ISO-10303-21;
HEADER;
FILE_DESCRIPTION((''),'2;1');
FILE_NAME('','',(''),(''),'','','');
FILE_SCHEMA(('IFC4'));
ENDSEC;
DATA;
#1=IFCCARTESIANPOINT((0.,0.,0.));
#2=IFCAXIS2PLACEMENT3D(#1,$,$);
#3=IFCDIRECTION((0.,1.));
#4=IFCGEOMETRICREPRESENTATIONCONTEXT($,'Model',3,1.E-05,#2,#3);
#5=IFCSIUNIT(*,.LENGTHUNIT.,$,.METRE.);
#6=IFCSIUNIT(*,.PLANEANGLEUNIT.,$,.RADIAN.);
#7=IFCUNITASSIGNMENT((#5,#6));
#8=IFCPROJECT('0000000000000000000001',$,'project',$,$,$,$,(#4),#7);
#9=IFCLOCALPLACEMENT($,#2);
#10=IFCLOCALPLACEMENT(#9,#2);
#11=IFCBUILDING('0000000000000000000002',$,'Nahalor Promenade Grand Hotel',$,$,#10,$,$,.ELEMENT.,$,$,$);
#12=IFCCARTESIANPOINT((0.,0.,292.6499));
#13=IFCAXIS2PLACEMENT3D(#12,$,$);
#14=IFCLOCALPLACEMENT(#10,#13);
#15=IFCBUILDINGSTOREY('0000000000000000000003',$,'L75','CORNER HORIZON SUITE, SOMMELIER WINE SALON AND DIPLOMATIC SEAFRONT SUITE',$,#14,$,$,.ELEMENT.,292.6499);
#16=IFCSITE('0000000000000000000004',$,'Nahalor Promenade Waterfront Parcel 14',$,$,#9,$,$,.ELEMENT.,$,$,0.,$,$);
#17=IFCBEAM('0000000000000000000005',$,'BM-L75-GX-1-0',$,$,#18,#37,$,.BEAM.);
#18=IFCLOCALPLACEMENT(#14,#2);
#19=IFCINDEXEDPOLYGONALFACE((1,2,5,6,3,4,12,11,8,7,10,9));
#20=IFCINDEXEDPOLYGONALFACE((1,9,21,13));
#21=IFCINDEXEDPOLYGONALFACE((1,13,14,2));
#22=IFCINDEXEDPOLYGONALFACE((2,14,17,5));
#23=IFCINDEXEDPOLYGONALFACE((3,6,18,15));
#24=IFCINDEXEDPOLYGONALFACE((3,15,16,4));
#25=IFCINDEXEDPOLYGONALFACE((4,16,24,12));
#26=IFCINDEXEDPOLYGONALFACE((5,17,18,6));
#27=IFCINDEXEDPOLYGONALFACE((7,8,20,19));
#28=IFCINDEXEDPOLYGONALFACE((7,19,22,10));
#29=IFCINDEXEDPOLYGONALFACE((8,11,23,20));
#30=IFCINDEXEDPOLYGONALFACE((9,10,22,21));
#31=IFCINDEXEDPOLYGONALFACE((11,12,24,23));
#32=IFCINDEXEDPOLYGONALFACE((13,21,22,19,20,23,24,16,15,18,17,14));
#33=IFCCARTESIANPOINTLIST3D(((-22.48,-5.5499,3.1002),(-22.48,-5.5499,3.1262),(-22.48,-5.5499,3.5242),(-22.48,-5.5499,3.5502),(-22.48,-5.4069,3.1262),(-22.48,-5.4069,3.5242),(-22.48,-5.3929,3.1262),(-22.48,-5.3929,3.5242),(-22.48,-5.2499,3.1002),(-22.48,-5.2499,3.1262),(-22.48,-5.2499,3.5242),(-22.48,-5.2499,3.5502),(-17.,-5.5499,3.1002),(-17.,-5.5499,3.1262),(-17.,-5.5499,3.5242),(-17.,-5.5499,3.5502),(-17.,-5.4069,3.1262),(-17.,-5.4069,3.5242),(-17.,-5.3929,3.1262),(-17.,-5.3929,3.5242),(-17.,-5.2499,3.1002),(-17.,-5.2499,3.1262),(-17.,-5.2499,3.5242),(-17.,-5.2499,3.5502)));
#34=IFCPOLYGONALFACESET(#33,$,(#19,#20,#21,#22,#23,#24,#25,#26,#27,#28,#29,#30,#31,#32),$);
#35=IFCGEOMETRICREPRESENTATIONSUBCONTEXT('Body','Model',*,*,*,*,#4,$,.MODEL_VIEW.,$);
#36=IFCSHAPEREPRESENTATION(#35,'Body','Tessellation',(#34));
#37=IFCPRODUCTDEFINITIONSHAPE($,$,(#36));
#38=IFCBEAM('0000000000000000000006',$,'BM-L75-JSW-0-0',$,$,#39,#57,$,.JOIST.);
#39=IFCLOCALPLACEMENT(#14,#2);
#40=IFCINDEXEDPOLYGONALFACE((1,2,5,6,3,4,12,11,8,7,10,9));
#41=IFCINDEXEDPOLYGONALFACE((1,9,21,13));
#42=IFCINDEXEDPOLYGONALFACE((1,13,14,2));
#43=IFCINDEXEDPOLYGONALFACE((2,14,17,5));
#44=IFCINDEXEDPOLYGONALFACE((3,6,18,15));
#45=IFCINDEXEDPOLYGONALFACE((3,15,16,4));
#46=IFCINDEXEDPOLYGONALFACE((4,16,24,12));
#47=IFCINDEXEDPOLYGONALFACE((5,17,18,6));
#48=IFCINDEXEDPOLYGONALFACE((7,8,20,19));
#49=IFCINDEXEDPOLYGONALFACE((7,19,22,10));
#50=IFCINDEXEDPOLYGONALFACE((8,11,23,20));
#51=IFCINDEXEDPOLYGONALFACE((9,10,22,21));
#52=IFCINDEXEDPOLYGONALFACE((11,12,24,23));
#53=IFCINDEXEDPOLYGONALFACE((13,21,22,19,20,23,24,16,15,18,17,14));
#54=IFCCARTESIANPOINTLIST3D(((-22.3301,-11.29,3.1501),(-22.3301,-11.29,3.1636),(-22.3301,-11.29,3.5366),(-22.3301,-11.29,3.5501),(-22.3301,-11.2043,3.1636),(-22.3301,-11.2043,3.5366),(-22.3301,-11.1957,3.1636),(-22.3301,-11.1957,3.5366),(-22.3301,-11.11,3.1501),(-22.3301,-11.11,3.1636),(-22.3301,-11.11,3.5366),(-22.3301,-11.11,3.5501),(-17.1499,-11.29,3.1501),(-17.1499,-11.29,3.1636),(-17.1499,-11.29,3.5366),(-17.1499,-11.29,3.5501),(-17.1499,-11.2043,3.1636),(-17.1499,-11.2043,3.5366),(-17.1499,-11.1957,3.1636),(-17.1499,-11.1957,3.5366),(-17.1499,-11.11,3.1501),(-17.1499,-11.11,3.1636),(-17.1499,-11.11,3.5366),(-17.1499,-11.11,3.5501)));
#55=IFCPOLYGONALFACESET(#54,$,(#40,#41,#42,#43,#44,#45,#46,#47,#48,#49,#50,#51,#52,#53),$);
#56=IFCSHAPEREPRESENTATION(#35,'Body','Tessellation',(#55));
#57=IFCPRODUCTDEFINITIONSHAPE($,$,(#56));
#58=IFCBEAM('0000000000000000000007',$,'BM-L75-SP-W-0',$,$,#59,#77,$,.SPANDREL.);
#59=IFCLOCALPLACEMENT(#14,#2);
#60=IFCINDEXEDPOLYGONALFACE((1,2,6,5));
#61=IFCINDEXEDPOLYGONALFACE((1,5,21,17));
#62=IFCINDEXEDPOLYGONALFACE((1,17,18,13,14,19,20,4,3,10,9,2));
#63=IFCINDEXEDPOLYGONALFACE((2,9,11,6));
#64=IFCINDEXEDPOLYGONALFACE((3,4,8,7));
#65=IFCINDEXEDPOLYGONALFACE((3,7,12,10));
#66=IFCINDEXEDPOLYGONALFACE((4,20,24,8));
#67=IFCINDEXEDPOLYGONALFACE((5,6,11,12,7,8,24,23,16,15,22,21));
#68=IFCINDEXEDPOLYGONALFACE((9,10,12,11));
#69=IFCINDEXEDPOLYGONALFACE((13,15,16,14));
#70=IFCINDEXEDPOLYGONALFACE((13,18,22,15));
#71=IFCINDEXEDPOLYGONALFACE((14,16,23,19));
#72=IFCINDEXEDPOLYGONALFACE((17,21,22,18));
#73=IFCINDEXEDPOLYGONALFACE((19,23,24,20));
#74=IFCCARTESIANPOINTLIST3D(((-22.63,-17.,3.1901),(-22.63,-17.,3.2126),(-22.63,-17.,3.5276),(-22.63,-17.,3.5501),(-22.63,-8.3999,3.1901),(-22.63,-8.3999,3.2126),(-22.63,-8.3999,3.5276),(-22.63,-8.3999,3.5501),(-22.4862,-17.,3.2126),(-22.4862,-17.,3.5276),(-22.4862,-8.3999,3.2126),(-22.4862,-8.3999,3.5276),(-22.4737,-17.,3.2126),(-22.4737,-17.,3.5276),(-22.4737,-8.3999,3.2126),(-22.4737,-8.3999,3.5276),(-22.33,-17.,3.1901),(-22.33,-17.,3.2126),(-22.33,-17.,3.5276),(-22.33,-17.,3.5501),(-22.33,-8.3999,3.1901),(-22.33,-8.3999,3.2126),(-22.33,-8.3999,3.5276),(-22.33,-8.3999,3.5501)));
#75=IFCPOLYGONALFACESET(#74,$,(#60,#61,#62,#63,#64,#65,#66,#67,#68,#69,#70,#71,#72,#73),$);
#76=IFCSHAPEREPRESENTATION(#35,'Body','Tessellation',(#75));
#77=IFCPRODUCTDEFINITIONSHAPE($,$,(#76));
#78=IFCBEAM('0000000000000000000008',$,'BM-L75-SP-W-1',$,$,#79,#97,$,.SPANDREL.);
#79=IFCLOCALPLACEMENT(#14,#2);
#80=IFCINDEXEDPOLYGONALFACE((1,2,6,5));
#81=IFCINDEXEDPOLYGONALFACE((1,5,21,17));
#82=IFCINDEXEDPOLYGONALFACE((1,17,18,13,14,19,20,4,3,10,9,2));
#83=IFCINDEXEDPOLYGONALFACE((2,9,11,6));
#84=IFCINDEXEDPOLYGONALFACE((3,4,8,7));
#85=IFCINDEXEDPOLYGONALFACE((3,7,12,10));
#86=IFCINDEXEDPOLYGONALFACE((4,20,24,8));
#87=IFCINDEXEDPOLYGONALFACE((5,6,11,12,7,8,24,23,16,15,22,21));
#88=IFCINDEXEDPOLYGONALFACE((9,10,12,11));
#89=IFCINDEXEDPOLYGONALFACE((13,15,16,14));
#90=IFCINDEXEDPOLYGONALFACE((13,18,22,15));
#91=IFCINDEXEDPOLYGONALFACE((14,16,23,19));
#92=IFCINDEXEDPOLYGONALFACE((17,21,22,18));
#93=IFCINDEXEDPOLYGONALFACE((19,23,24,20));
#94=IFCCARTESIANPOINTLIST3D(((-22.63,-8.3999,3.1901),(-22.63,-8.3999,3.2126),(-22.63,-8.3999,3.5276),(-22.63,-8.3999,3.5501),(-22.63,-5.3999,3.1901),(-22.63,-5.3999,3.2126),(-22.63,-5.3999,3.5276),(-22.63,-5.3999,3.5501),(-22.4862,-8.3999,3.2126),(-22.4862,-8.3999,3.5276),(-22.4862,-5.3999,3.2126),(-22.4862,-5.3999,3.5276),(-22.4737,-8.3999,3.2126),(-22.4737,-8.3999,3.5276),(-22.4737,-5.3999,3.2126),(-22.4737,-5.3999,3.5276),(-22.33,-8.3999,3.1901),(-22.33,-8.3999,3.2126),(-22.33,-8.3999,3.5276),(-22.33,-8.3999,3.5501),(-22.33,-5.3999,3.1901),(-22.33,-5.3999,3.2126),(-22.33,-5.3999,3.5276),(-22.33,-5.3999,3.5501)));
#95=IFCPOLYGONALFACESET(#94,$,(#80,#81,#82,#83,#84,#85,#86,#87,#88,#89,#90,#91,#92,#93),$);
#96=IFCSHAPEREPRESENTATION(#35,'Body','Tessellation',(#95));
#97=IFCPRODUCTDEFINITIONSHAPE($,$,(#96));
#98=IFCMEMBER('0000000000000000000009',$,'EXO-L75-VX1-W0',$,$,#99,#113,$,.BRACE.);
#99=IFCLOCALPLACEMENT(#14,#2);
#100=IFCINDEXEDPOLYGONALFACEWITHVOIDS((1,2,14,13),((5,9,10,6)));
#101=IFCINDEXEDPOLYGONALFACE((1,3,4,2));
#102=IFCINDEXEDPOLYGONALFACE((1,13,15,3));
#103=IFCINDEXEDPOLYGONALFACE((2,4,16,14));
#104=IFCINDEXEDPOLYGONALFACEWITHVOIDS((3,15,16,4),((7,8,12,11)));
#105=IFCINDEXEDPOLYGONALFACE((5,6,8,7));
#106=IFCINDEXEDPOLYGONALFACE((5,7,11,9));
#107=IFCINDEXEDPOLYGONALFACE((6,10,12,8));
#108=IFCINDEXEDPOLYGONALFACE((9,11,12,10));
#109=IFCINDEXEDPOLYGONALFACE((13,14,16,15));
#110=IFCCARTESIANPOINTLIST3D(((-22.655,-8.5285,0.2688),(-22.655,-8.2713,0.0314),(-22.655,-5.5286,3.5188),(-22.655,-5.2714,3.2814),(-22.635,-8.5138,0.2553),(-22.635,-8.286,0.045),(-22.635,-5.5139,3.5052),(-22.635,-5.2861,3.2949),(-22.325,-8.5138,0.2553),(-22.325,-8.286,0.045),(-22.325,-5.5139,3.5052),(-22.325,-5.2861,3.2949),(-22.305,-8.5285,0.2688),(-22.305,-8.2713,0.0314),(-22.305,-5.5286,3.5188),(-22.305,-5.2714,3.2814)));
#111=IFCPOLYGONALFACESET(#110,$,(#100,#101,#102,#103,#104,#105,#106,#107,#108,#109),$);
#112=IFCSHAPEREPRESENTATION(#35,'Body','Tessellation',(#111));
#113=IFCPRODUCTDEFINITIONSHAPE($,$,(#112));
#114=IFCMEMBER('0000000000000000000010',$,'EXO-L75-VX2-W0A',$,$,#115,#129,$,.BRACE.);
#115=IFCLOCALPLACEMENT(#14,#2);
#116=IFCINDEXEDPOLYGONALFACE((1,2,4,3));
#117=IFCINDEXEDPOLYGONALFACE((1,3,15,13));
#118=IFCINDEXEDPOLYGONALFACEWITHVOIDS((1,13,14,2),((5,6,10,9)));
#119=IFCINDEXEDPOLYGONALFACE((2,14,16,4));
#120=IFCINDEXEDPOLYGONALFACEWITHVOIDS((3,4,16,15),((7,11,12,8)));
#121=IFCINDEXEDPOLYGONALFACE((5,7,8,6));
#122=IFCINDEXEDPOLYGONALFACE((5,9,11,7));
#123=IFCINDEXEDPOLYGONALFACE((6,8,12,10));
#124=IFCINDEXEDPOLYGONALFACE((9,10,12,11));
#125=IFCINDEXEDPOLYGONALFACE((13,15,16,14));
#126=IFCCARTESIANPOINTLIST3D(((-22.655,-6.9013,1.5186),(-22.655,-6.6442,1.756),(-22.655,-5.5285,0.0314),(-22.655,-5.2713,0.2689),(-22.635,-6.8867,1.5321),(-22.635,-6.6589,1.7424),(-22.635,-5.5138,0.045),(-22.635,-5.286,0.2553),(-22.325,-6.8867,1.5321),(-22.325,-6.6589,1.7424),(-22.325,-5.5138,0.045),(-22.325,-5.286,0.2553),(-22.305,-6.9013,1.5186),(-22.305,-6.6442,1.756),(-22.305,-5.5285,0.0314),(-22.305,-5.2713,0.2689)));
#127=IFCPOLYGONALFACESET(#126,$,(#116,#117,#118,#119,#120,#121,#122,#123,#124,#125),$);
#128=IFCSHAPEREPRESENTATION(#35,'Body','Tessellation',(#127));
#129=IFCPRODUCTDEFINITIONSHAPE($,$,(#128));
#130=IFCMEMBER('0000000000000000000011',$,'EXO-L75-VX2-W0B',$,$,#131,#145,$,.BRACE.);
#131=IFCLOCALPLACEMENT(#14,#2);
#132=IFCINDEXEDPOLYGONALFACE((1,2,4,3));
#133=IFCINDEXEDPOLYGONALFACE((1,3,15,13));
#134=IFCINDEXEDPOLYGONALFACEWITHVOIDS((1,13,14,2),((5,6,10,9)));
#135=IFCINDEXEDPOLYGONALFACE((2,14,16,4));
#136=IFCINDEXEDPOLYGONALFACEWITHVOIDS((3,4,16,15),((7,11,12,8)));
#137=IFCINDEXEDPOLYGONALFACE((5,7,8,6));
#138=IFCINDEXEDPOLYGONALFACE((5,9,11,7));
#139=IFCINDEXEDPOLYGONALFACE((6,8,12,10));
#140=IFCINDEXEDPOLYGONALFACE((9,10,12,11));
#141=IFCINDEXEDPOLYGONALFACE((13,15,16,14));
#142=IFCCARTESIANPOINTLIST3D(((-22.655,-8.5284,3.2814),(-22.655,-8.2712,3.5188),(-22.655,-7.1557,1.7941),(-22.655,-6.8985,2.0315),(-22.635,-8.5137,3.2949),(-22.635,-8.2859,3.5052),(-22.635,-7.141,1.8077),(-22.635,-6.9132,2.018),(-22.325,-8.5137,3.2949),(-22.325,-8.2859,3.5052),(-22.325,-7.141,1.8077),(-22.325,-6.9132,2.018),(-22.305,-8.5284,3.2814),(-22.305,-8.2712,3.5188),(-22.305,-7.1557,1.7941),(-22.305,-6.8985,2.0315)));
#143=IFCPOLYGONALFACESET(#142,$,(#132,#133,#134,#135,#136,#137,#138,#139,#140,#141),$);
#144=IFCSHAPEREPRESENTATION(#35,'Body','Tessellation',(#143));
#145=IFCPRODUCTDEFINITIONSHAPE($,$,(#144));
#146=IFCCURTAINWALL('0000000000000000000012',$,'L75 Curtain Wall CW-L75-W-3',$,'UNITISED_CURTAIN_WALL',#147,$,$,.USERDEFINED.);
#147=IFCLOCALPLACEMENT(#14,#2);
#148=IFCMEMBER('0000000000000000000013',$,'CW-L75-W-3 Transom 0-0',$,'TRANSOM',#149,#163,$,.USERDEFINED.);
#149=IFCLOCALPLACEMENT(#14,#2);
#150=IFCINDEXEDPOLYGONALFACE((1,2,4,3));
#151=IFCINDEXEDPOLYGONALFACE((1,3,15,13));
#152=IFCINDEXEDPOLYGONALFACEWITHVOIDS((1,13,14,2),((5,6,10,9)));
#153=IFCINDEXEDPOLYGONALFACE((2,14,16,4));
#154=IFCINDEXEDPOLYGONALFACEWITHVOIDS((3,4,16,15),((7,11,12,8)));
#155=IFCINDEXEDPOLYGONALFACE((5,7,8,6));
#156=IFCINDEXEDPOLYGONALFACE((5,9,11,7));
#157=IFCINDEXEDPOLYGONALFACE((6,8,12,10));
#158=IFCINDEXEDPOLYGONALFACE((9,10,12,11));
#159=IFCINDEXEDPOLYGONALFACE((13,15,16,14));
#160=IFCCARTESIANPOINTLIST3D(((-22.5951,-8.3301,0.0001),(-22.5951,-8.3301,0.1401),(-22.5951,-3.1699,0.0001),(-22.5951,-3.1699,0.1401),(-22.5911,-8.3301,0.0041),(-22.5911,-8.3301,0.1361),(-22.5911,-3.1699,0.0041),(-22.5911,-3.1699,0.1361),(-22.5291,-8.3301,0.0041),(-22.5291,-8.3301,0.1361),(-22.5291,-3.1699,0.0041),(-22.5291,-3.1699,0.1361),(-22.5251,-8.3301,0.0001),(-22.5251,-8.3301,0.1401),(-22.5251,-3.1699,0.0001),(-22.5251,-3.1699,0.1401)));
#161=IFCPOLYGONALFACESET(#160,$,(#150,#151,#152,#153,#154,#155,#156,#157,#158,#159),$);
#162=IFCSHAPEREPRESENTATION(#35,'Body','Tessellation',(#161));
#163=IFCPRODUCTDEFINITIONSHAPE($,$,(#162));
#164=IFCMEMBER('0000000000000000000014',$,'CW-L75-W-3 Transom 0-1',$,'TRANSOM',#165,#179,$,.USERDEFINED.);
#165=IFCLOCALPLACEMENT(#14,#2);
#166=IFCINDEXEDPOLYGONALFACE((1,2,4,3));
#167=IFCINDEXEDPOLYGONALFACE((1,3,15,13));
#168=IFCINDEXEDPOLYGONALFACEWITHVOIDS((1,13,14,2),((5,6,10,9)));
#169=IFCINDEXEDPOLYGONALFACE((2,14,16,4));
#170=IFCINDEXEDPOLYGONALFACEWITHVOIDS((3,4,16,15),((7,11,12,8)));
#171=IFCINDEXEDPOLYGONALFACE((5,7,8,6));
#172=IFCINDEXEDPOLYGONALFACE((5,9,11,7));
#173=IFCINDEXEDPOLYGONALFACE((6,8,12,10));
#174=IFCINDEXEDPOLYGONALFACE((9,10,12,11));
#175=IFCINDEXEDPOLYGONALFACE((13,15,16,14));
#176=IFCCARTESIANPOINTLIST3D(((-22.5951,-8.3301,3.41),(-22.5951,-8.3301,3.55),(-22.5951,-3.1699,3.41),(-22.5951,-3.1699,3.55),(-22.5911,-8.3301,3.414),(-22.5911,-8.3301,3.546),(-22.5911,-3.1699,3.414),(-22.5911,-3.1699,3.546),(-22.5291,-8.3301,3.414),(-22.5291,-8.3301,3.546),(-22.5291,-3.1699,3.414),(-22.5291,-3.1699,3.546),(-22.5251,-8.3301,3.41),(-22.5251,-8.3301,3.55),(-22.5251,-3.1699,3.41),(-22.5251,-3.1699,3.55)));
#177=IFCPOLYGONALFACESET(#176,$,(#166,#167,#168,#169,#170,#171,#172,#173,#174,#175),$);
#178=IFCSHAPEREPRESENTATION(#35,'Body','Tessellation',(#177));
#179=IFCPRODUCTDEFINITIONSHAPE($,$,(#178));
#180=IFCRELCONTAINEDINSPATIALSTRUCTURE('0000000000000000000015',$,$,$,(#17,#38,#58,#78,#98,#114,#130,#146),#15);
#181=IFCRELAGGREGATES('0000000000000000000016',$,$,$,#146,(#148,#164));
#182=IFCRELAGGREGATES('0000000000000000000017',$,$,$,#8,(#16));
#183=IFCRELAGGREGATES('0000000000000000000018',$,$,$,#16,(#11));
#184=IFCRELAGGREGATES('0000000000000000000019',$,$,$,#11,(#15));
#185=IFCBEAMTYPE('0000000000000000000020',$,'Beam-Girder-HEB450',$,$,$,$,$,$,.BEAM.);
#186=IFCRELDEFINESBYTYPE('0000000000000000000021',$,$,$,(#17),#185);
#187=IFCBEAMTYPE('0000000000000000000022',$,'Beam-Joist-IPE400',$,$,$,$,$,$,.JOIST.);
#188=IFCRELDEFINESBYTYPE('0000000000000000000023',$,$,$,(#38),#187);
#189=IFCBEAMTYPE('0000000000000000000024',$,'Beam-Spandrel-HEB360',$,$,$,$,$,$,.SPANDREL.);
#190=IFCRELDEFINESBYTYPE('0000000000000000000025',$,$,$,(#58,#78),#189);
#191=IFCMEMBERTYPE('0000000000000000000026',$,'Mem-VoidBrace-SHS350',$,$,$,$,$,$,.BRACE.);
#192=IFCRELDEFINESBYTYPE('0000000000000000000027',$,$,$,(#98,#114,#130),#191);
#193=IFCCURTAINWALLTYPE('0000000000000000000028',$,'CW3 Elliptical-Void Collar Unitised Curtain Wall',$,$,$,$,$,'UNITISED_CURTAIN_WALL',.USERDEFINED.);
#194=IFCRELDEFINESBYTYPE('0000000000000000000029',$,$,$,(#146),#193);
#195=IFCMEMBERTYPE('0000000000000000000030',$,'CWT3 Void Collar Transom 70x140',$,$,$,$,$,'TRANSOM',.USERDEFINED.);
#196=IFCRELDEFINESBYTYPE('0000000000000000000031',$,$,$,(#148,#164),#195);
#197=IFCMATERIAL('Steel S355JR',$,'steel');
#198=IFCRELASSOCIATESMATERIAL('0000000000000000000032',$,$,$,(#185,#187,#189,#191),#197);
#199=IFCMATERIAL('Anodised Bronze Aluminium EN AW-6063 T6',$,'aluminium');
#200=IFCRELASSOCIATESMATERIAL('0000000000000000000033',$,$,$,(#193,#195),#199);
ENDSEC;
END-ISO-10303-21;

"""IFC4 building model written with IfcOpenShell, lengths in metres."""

from ifc_helpers import new_model, si_unit, direction, frame, origin, origin_2d, place, context, subcontext, project, spatial, hollow_rectangle, i_section, extrude, source, transform, mapped, material, material_profile, profile_set, type_object, element, aggregate, save


model = new_model("IFC4")

# Units and contexts
model_context = context("Model", 3, precision=1e-05, world=origin(), true_north=direction((0.0, 1.0)))
body_context = subcontext(model_context, "Body", "Model", "MODEL_VIEW")
ifc_project = project(units=[si_unit("LENGTHUNIT", "METRE"), si_unit("PLANEANGLEUNIT", "RADIAN")], contexts=[model_context])

# Site, building, storey
site_placement = place(None, origin())
site = spatial("IfcSite", under=ifc_project, at=site_placement, Name="Nahalor Promenade Waterfront Parcel 14", CompositionType="ELEMENT", RefElevation=0.0)
building_placement = place(site_placement, origin())
building = spatial("IfcBuilding", under=site, at=building_placement, Name="Nahalor Promenade Grand Hotel", CompositionType="ELEMENT")
storey_placement = place(building_placement, frame((0.0, 0.0, 292.6499)))
storey = spatial("IfcBuildingStorey", under=building, at=storey_placement, Name="L75", Description="CORNER HORIZON SUITE, SOMMELIER WINE SALON AND DIPLOMATIC SEAFRONT SUITE", CompositionType="ELEMENT", Elevation=292.6499)

# Shared definitions
ifc_material_1 = material(Name="Steel S355JR", Category="steel")

# Beams
ifc_material_profile_1 = material_profile(ifc_material_1, i_section(OverallWidth=0.3, OverallDepth=0.45, WebThickness=0.014, FlangeThickness=0.026, at=origin_2d()), Name="HEB 450")
ifc_profile_set_1 = profile_set([ifc_material_profile_1], Name="Steel S355JR")
beam_type_1 = type_object("IfcBeamType", Name="Beam-Girder-HEB450", PredefinedType="BEAM", material=ifc_profile_set_1)
shared_shape_1 = source(origin(), body_context, "Body", "SweptSolid", [
    extrude(i_section(OverallWidth=0.3, OverallDepth=0.45, WebThickness=0.014, FlangeThickness=0.026, at=origin_2d()), origin(), (0.0, 0.0, 1.0), 5.48),
])
for number, where, z_axis, x_axis, name in (
    (1, (-22.48, -5.3999, 3.3252), (1.0, 0.0, 0.0), (0.0, 1.0, 0.0), "BM-L75-GX-1-0"),
):
    element("IfcBeam", number, at=place(storey_placement, frame(where, z_axis=z_axis, x_axis=x_axis)), inside=storey, type_object=beam_type_1, Name=name, PredefinedType="BEAM", context=body_context, shape_type="MappedRepresentation", body=[
        mapped(shared_shape_1, transform((0.0, 0.0, 0.0), scale=1.0)),
    ])
ifc_material_profile_2 = material_profile(ifc_material_1, i_section(OverallWidth=0.18, OverallDepth=0.4, WebThickness=0.0086, FlangeThickness=0.0135, at=origin_2d()), Name="IPE 400")
ifc_profile_set_2 = profile_set([ifc_material_profile_2], Name="Steel S355JR")
beam_type_2 = type_object("IfcBeamType", Name="Beam-Joist-IPE400", PredefinedType="JOIST", material=ifc_profile_set_2)
shared_shape_2 = source(origin(), body_context, "Body", "SweptSolid", [
    extrude(i_section(OverallWidth=0.18, OverallDepth=0.4, WebThickness=0.0086, FlangeThickness=0.0135, at=origin_2d()), origin(), (0.0, 0.0, 1.0), 5.1802),
])
beam_1_placement = place(storey_placement, frame((-22.3301, -11.2, 3.3501), z_axis=(1.0, 0.0, 0.0), x_axis=(0.0, 1.0, 0.0)))
element("IfcBeam", 2, at=beam_1_placement, inside=storey, type_object=beam_type_2, Name="BM-L75-JSW-0-0", PredefinedType="JOIST", context=body_context, shape_type="MappedRepresentation", body=[
    mapped(shared_shape_2, transform((0.0, 0.0, 0.0), scale=1.0)),
])
ifc_material_profile_3 = material_profile(ifc_material_1, i_section(OverallWidth=0.3, OverallDepth=0.36, WebThickness=0.0125, FlangeThickness=0.0225, at=origin_2d()), Name="HEB 360")
ifc_profile_set_3 = profile_set([ifc_material_profile_3], Name="Steel S355JR")
beam_type_3 = type_object("IfcBeamType", Name="Beam-Spandrel-HEB360", PredefinedType="SPANDREL", material=ifc_profile_set_3)
shared_shape_3 = source(origin(), body_context, "Body", "SweptSolid", [
    extrude(i_section(OverallWidth=0.3, OverallDepth=0.36, WebThickness=0.0125, FlangeThickness=0.0225, at=origin_2d()), origin(), (0.0, 0.0, 1.0), 8.6001),
])
beam_2_placement = place(storey_placement, frame((-22.48, -17.0, 3.3701), z_axis=(0.0, 1.0, 0.0), x_axis=(-1.0, 0.0, 0.0)))
element("IfcBeam", 3, at=beam_2_placement, inside=storey, type_object=beam_type_3, Name="BM-L75-SP-W-0", PredefinedType="SPANDREL", context=body_context, shape_type="MappedRepresentation", body=[
    mapped(shared_shape_3, transform((0.0, 0.0, 0.0), scale=1.0)),
])
shared_shape_4 = source(origin(), body_context, "Body", "SweptSolid", [
    extrude(i_section(OverallWidth=0.3, OverallDepth=0.36, WebThickness=0.0125, FlangeThickness=0.0225, at=origin_2d()), origin(), (0.0, 0.0, 1.0), 3.0),
])
beam_3_placement = place(storey_placement, frame((-22.48, -8.3999, 3.3701), z_axis=(0.0, 1.0, 0.0), x_axis=(-1.0, 0.0, 0.0)))
element("IfcBeam", 4, at=beam_3_placement, inside=storey, type_object=beam_type_3, Name="BM-L75-SP-W-1", PredefinedType="SPANDREL", context=body_context, shape_type="MappedRepresentation", body=[
    mapped(shared_shape_4, transform((0.0, 0.0, 0.0), scale=1.0)),
])

# Members
ifc_material_profile_4 = material_profile(ifc_material_1, hollow_rectangle(XDim=0.35, YDim=0.35, WallThickness=0.02, at=origin_2d()), Name="SHS 350x350x20")
ifc_profile_set_4 = profile_set([ifc_material_profile_4], Name="Steel S355JR")
member_type_1 = type_object("IfcMemberType", Name="Mem-VoidBrace-SHS350", PredefinedType="BRACE", material=ifc_profile_set_4)
shared_shape_5 = source(origin(), body_context, "Body", "SweptSolid", [
    extrude(hollow_rectangle(XDim=0.35, YDim=0.35, WallThickness=0.02, at=origin_2d()), origin(), (0.0, 0.0, 1.0), 4.4229),
])
member_1_placement = place(storey_placement, frame((-22.48, -8.3999, 0.1501), z_axis=(0.0, 0.67828, 0.734803), x_axis=(-1.0, 0.0, 0.0)))
element("IfcMember", 5, at=member_1_placement, inside=storey, type_object=member_type_1, Name="EXO-L75-VX1-W0", PredefinedType="BRACE", context=body_context, shape_type="MappedRepresentation", body=[
    mapped(shared_shape_5, transform((0.0, 0.0, 0.0), scale=1.0)),
])
shared_shape_6 = source(origin(), body_context, "Body", "SweptSolid", [
    extrude(hollow_rectangle(XDim=0.35, YDim=0.35, WallThickness=0.02, at=origin_2d()), origin(), (0.0, 0.0, 1.0), 2.0239),
])
for number, where, z_axis, x_axis, name in (
    (6, (-22.48, -5.3999, 0.1501), (0.0, -0.678315, 0.734771), (1.0, 0.0, 0.0), "EXO-L75-VX2-W0A"),
    (7, (-22.48, -7.0271, 1.9128), (0.0, -0.678255, 0.734827), (1.0, 0.0, 0.0), "EXO-L75-VX2-W0B"),
):
    element("IfcMember", number, at=place(storey_placement, frame(where, z_axis=z_axis, x_axis=x_axis)), inside=storey, type_object=member_type_1, Name=name, PredefinedType="BRACE", context=body_context, shape_type="MappedRepresentation", body=[
        mapped(shared_shape_6, transform((0.0, 0.0, 0.0), scale=1.0)),
    ])

# Curtain wall, members
ifc_material_2 = material(Name="Anodised Bronze Aluminium EN AW-6063 T6", Category="aluminium")
curtain_wall_type = type_object("IfcCurtainWallType", Name="CW3 Elliptical-Void Collar Unitised Curtain Wall", ElementType="UNITISED_CURTAIN_WALL", PredefinedType="USERDEFINED", material=ifc_material_2)
curtain_wall_1_placement = place(storey_placement, origin())
curtain_wall_1 = element("IfcCurtainWall", 8, at=curtain_wall_1_placement, inside=storey, type_object=curtain_wall_type, Name="L75 Curtain Wall CW-L75-W-3", ObjectType="UNITISED_CURTAIN_WALL", PredefinedType="USERDEFINED")
ifc_material_profile_5 = material_profile(ifc_material_2, hollow_rectangle(XDim=0.07, YDim=0.14, WallThickness=0.004, at=origin_2d()), Name="CWT 70x140x4")
ifc_profile_set_5 = profile_set([ifc_material_profile_5], Name="Anodised Bronze Aluminium EN AW-6063 T6")
member_type_2 = type_object("IfcMemberType", Name="CWT3 Void Collar Transom 70x140", ElementType="TRANSOM", PredefinedType="USERDEFINED", material=ifc_profile_set_5)
shared_shape_7 = source(origin(), body_context, "Body", "SweptSolid", [
    extrude(hollow_rectangle(XDim=0.07, YDim=0.14, WallThickness=0.004, at=origin_2d()), origin(), (0.0, 0.0, 1.0), 5.1602),
])
member_2_placement = place(storey_placement, frame((-22.5601, -8.3301, 0.0701), z_axis=(0.0, 1.0, 0.0), x_axis=(-1.0, 0.0, 0.0)))
member_2 = element("IfcMember", 9, at=member_2_placement, type_object=member_type_2, Name="CW-L75-W-3 Transom 0-0", ObjectType="TRANSOM", PredefinedType="USERDEFINED", context=body_context, shape_type="MappedRepresentation", body=[
    mapped(shared_shape_7, transform((0.0, 0.0, 0.0), scale=1.0)),
])
member_3_placement = place(storey_placement, frame((-22.5601, -8.3301, 3.48), z_axis=(0.0, 1.0, 0.0), x_axis=(-1.0, 0.0, 0.0)))
member_3 = element("IfcMember", 10, at=member_3_placement, type_object=member_type_2, Name="CW-L75-W-3 Transom 0-1", ObjectType="TRANSOM", PredefinedType="USERDEFINED", context=body_context, shape_type="MappedRepresentation", body=[
    mapped(shared_shape_7, transform((0.0, 0.0, 0.0), scale=1.0)),
])

aggregate(curtain_wall_1, [member_2, member_3])

save(model, "model.ifc")
